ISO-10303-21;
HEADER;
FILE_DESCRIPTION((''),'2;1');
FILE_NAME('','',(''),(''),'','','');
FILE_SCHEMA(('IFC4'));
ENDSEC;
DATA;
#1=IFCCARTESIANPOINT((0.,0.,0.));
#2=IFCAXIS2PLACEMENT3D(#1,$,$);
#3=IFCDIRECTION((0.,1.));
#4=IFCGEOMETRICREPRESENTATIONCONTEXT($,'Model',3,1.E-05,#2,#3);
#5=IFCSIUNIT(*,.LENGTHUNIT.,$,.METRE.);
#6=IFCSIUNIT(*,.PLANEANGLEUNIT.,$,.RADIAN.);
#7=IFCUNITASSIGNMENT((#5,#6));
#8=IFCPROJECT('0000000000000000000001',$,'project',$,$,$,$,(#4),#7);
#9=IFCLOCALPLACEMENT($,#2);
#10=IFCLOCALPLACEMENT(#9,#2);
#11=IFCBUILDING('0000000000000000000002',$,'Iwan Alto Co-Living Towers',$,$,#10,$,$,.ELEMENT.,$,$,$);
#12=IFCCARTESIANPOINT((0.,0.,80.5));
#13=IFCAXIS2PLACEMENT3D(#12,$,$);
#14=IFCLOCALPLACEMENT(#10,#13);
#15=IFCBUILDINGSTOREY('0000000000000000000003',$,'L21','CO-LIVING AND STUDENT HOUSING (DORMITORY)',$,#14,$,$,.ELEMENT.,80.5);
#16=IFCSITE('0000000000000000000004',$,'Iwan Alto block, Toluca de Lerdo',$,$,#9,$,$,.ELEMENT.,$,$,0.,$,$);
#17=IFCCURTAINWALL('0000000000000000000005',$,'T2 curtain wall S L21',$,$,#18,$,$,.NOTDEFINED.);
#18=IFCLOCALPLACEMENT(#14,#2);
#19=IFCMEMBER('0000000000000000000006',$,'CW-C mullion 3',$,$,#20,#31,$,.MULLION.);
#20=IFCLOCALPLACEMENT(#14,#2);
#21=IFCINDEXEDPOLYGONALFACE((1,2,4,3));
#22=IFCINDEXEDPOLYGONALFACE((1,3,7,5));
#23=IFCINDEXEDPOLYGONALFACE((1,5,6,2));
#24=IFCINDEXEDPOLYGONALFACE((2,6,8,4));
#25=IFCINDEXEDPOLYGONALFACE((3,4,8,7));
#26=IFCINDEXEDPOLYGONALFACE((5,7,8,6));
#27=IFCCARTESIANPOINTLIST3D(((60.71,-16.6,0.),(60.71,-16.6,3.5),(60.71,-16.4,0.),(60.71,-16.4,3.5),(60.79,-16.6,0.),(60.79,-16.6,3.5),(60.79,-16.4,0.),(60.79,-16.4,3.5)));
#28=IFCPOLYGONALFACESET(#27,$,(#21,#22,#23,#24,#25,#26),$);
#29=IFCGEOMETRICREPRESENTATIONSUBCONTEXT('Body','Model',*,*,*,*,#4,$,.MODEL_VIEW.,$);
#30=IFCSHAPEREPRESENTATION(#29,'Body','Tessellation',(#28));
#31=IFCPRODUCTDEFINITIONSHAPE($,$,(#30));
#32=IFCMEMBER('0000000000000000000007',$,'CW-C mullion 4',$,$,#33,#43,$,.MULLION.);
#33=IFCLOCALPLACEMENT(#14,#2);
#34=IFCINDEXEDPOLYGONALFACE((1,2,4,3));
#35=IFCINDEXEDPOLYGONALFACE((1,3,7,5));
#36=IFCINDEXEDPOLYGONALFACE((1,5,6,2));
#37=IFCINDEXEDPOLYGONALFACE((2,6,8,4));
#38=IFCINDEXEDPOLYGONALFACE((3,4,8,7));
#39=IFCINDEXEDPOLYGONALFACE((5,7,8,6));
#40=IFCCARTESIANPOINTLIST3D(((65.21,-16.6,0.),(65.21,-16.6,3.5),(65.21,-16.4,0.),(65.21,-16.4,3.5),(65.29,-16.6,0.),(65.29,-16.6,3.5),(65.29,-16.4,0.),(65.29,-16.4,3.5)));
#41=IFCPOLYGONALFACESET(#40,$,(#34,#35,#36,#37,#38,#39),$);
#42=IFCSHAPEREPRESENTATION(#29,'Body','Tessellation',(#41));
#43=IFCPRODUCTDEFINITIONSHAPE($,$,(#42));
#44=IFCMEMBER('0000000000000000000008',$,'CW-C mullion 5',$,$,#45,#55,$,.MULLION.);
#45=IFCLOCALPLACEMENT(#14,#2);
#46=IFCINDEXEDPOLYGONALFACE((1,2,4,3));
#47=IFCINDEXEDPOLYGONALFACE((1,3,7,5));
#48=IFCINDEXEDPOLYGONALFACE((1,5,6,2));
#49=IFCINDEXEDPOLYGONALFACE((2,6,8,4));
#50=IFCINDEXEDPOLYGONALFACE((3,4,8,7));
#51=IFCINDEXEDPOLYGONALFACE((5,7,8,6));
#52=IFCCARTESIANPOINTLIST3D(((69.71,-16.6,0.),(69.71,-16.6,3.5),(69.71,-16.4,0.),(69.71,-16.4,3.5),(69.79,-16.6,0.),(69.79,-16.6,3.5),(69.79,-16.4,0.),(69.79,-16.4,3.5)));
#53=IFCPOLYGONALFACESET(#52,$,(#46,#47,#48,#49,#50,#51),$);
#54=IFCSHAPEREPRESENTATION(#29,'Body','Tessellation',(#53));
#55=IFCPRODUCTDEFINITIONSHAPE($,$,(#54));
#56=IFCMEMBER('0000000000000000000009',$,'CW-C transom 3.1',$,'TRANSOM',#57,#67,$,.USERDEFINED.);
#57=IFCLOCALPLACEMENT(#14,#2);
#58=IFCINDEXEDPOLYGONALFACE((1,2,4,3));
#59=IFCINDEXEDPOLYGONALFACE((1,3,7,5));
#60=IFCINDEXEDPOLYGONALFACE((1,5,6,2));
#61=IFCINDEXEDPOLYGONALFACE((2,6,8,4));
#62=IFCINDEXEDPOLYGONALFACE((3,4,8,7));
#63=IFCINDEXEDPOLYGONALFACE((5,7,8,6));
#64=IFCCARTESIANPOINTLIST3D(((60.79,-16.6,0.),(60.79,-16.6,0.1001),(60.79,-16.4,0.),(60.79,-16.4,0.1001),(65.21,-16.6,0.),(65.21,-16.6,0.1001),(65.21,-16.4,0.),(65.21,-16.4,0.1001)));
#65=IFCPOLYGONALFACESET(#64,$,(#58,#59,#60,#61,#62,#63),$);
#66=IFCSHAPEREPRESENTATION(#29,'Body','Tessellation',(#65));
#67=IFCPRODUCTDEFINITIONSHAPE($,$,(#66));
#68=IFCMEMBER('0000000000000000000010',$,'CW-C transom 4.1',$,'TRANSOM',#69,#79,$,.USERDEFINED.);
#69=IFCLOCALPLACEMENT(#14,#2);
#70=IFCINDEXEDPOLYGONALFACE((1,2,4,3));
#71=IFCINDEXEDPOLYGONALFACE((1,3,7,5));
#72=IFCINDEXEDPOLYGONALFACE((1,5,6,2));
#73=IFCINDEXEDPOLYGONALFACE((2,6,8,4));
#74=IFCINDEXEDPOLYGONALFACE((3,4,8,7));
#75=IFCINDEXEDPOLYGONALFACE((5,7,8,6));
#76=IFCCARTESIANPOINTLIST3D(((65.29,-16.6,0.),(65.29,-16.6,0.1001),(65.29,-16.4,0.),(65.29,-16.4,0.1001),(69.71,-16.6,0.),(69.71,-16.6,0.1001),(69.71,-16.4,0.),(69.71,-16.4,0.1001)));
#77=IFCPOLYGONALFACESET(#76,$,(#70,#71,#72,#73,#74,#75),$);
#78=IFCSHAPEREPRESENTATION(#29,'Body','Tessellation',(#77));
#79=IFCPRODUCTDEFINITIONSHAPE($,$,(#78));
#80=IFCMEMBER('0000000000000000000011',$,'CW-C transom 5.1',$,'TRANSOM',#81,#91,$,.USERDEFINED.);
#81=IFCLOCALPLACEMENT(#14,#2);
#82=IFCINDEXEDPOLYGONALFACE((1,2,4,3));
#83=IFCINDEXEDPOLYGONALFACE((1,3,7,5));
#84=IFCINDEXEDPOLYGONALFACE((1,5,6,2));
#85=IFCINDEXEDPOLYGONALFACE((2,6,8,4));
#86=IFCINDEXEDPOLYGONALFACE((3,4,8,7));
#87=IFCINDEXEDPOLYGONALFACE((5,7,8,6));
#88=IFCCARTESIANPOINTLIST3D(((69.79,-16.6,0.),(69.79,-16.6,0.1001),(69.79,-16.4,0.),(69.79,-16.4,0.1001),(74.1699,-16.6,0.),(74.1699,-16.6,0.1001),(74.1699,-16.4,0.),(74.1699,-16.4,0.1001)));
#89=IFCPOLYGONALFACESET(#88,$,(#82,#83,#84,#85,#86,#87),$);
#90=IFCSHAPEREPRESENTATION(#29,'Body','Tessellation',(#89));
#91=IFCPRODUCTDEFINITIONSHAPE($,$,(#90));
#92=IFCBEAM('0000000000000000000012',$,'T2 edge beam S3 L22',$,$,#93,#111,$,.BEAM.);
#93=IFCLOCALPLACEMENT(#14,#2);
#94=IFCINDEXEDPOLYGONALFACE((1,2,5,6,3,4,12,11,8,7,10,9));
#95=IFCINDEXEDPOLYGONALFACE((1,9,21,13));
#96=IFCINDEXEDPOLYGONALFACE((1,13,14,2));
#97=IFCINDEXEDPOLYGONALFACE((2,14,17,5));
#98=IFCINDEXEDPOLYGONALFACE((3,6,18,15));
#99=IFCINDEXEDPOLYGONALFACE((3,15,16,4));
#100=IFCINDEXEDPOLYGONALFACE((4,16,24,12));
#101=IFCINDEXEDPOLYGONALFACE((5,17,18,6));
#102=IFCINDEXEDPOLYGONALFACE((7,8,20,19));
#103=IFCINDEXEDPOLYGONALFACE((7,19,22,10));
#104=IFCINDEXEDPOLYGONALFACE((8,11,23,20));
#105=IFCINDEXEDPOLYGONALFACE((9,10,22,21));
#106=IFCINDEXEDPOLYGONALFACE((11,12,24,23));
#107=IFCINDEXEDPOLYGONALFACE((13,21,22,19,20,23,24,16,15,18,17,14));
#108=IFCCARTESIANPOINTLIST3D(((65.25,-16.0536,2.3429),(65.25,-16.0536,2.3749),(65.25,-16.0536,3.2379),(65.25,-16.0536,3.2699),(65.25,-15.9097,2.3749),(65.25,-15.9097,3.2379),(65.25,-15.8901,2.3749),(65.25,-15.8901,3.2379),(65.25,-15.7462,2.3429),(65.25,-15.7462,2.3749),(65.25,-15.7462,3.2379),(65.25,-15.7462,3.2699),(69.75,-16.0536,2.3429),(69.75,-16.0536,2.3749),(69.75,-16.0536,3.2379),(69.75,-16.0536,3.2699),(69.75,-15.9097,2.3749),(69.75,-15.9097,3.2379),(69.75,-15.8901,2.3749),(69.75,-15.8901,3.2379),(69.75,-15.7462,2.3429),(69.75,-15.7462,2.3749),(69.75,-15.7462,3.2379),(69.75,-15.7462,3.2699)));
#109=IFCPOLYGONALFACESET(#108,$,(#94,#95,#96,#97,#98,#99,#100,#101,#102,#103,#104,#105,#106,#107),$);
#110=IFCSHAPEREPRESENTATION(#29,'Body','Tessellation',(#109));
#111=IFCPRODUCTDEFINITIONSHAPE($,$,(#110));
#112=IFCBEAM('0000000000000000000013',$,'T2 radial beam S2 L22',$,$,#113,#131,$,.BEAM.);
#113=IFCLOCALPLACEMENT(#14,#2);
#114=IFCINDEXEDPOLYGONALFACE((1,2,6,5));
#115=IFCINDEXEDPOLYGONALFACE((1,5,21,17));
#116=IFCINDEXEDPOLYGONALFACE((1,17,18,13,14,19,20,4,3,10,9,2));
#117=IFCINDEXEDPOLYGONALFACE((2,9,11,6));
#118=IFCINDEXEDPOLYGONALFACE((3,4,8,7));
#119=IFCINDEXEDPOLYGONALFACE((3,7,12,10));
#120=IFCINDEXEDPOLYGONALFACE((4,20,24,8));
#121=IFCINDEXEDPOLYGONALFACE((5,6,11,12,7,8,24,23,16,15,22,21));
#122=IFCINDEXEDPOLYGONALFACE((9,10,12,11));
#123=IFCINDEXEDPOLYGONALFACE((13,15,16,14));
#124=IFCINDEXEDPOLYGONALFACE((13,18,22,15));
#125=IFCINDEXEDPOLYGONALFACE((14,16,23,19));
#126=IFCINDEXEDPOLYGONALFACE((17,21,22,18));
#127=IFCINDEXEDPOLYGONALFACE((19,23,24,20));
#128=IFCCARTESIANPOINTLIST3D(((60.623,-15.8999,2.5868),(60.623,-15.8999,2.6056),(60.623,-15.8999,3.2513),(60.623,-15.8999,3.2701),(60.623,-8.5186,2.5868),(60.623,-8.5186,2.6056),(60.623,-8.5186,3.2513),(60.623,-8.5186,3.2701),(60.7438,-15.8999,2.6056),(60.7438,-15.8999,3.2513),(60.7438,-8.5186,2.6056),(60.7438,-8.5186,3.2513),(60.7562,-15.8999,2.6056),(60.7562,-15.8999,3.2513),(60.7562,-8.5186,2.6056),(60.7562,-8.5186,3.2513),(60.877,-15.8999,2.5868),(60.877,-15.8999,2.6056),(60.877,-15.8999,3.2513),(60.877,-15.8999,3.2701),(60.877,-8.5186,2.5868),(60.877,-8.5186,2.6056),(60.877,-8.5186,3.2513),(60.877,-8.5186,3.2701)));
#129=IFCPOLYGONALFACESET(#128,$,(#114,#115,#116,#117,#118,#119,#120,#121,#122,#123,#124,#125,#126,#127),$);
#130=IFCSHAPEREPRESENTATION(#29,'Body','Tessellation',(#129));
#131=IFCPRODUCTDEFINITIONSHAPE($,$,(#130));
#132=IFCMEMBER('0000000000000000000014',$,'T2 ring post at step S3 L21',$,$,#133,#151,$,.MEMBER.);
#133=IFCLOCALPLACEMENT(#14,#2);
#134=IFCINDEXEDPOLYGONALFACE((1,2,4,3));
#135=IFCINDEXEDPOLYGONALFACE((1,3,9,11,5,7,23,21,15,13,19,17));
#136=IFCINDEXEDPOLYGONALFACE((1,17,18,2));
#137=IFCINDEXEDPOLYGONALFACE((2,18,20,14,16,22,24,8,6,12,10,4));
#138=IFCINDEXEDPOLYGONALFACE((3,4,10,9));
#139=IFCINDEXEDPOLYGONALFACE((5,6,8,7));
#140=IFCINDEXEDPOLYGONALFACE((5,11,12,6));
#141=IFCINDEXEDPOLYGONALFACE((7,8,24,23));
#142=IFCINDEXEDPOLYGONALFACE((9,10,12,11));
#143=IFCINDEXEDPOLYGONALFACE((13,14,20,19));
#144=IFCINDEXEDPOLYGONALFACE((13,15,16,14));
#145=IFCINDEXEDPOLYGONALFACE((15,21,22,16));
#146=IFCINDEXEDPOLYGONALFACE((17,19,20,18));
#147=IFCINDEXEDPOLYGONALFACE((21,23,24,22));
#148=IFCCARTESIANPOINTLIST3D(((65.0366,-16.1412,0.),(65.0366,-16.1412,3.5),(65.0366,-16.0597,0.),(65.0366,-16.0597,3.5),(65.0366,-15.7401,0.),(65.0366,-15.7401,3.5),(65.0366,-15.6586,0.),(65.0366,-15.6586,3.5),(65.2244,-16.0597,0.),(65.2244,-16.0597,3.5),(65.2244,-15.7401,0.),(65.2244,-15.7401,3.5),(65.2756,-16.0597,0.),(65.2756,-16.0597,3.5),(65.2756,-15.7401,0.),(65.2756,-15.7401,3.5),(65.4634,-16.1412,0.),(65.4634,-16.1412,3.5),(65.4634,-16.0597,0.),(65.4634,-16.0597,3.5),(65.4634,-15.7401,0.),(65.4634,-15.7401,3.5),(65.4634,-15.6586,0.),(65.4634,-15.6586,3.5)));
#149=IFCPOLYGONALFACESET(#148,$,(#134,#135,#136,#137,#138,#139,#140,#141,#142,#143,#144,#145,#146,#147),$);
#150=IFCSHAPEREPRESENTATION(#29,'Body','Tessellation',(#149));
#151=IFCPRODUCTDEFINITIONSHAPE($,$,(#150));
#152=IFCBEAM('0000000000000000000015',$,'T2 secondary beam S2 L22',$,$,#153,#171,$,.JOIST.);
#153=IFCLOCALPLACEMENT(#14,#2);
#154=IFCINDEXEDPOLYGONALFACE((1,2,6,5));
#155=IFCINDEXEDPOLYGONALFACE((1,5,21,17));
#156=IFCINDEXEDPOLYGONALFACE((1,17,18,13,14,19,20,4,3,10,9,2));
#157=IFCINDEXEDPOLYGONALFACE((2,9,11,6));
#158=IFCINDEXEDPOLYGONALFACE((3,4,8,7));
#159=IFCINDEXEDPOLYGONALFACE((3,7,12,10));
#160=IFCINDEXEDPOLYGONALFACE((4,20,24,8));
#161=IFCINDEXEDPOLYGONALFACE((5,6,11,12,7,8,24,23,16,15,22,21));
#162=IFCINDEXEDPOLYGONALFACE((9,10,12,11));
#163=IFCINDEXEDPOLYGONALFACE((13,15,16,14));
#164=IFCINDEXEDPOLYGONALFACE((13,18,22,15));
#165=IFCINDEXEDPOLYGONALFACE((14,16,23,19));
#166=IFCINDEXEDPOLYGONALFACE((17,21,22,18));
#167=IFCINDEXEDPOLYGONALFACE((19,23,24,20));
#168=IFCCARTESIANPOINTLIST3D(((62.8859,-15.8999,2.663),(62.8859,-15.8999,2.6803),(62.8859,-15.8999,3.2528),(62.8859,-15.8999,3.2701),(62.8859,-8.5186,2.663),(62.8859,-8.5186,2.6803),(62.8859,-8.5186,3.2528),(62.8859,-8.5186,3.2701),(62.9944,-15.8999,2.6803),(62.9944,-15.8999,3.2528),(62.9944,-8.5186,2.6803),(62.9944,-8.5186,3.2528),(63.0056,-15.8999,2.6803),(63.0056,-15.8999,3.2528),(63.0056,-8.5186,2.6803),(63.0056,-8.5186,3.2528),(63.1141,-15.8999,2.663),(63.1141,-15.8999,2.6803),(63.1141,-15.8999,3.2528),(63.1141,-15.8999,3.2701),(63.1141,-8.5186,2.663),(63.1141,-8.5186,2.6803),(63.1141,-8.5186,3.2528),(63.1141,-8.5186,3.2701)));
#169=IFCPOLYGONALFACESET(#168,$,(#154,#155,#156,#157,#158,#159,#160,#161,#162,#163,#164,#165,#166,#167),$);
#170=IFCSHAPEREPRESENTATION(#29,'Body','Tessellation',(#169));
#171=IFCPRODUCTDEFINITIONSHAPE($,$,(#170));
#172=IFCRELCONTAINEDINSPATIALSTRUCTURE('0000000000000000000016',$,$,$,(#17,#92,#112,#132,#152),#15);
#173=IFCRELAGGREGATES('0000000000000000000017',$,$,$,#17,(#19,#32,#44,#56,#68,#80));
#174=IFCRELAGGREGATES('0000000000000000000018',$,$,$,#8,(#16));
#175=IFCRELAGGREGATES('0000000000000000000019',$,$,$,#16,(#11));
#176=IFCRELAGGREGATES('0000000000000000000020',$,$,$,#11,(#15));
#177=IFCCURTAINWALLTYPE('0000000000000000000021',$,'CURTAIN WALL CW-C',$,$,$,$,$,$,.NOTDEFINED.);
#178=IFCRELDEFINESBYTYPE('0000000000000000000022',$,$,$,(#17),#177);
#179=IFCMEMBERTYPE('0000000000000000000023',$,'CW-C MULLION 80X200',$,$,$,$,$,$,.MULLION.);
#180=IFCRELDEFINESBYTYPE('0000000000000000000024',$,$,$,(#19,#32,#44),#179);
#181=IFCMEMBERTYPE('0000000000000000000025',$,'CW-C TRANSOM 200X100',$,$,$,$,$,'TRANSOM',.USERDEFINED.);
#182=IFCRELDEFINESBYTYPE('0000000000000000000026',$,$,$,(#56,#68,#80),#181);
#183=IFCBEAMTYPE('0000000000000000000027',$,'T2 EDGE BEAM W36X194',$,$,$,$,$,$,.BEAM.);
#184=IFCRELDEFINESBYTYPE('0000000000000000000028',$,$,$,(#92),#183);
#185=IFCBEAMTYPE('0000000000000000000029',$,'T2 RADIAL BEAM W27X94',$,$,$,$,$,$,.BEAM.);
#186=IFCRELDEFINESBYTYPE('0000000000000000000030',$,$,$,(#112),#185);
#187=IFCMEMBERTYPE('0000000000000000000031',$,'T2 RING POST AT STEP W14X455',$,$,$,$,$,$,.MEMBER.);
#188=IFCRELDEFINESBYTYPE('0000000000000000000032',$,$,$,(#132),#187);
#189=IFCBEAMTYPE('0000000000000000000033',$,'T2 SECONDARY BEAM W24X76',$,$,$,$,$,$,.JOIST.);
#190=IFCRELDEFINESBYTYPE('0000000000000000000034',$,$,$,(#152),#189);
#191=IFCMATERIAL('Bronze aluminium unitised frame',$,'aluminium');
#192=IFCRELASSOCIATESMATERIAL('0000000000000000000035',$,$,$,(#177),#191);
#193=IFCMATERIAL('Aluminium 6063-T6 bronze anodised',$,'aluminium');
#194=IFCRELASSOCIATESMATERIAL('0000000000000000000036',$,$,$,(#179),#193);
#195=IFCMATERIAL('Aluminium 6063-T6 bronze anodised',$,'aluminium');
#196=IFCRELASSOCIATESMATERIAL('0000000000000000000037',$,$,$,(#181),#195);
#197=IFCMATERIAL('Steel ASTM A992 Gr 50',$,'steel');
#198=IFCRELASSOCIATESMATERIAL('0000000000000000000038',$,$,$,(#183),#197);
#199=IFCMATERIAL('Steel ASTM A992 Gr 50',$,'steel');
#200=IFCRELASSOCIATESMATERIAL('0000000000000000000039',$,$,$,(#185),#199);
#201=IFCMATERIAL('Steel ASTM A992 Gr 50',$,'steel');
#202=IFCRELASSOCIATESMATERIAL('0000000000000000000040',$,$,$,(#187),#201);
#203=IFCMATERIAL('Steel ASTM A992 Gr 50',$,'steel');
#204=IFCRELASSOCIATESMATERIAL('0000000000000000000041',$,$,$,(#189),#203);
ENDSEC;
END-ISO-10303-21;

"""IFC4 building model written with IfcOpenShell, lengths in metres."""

from ifc_helpers import new_model, si_unit, direction, frame, origin, origin_2d, place, context, subcontext, project, spatial, rectangle, i_section, extrude, material, material_profile, profile_set, type_object, element, aggregate, save


model = new_model("IFC4")

# Units and contexts
model_context = context("Model", 3, precision=1e-05, world=origin(), true_north=direction((0.0, 1.0)))
body_context = subcontext(model_context, "Body", "Model", "MODEL_VIEW")
ifc_project = project(units=[si_unit("LENGTHUNIT", "METRE"), si_unit("PLANEANGLEUNIT", "RADIAN")], contexts=[model_context])

# Site, building, storey
site_placement = place(None, origin())
site = spatial("IfcSite", under=ifc_project, at=site_placement, Name="Iwan Alto block, Toluca de Lerdo", CompositionType="ELEMENT", RefElevation=0.0)
building_placement = place(site_placement, origin())
building = spatial("IfcBuilding", under=site, at=building_placement, Name="Iwan Alto Co-Living Towers", CompositionType="ELEMENT")
storey_placement = place(building_placement, frame((0.0, 0.0, 80.5)))
storey = spatial("IfcBuildingStorey", under=building, at=storey_placement, Name="L21", Description="CO-LIVING AND STUDENT HOUSING (DORMITORY)", CompositionType="ELEMENT", Elevation=80.5)

# Curtain wall, members
ifc_material_1 = material(Name="Bronze aluminium unitised frame", Category="aluminium")
curtain_wall_type = type_object("IfcCurtainWallType", Name="CURTAIN WALL CW-C", PredefinedType="NOTDEFINED", material=ifc_material_1)
curtain_wall_placement = place(storey_placement, origin())
curtain_wall = element("IfcCurtainWall", 1, at=curtain_wall_placement, inside=storey, type_object=curtain_wall_type, Name="T2 curtain wall S L21", PredefinedType="NOTDEFINED")
ifc_material_2 = material(Name="Aluminium 6063-T6 bronze anodised", Category="aluminium")
ifc_material_profile_1 = material_profile(ifc_material_2, rectangle(XDim=0.2, YDim=0.0801, at=origin_2d()), Name="AL 80X200")
ifc_profile_set_1 = profile_set([ifc_material_profile_1], Name="Aluminium 6063-T6 bronze anodised")
member_type_1 = type_object("IfcMemberType", Name="CW-C MULLION 80X200", PredefinedType="MULLION", material=ifc_profile_set_1)
member_1_placement = place(storey_placement, frame((60.75, -16.5, 0.0), z_axis=(0.0, 0.0, 1.0), x_axis=(0.0, 1.0, 0.0)))
member_1 = element("IfcMember", 2, at=member_1_placement, type_object=member_type_1, Name="CW-C mullion 3", PredefinedType="MULLION", context=body_context, shape_type="SweptSolid", body=[
    extrude(rectangle(XDim=0.2, YDim=0.0801, at=origin_2d()), origin(), (0.0, 0.0, 1.0), 3.5),
])
member_2_placement = place(storey_placement, frame((65.25, -16.5, 0.0), z_axis=(0.0, 0.0, 1.0), x_axis=(0.0, 1.0, 0.0)))
member_2 = element("IfcMember", 3, at=member_2_placement, type_object=member_type_1, Name="CW-C mullion 4", PredefinedType="MULLION", context=body_context, shape_type="SweptSolid", body=[
    extrude(rectangle(XDim=0.2, YDim=0.0801, at=origin_2d()), origin(), (0.0, 0.0, 1.0), 3.5),
])
member_3_placement = place(storey_placement, frame((69.75, -16.5, 0.0), z_axis=(0.0, 0.0, 1.0), x_axis=(0.0, 1.0, 0.0)))
member_3 = element("IfcMember", 4, at=member_3_placement, type_object=member_type_1, Name="CW-C mullion 5", PredefinedType="MULLION", context=body_context, shape_type="SweptSolid", body=[
    extrude(rectangle(XDim=0.2, YDim=0.0801, at=origin_2d()), origin(), (0.0, 0.0, 1.0), 3.5),
])
ifc_material_3 = material(Name="Aluminium 6063-T6 bronze anodised", Category="aluminium")
ifc_material_profile_2 = material_profile(ifc_material_3, rectangle(XDim=0.2, YDim=0.1001, at=origin_2d()), Name="AL 200X100")
ifc_profile_set_2 = profile_set([ifc_material_profile_2], Name="Aluminium 6063-T6 bronze anodised")
member_type_2 = type_object("IfcMemberType", Name="CW-C TRANSOM 200X100", ElementType="TRANSOM", PredefinedType="USERDEFINED", material=ifc_profile_set_2)
member_4_placement = place(storey_placement, frame((60.79, -16.5, 0.05), z_axis=(1.0, 0.0, 0.0), x_axis=(0.0, 1.0, 0.0)))
member_4 = element("IfcMember", 5, at=member_4_placement, type_object=member_type_2, Name="CW-C transom 3.1", ObjectType="TRANSOM", PredefinedType="USERDEFINED", context=body_context, shape_type="SweptSolid", body=[
    extrude(rectangle(XDim=0.2, YDim=0.1001, at=origin_2d()), origin(), (0.0, 0.0, 1.0), 4.4199),
])
member_5_placement = place(storey_placement, frame((65.29, -16.5, 0.05), z_axis=(1.0, 0.0, 0.0), x_axis=(0.0, 1.0, 0.0)))
member_5 = element("IfcMember", 6, at=member_5_placement, type_object=member_type_2, Name="CW-C transom 4.1", ObjectType="TRANSOM", PredefinedType="USERDEFINED", context=body_context, shape_type="SweptSolid", body=[
    extrude(rectangle(XDim=0.2, YDim=0.1001, at=origin_2d()), origin(), (0.0, 0.0, 1.0), 4.4199),
])
member_6_placement = place(storey_placement, frame((69.79, -16.5, 0.05), z_axis=(1.0, 0.0, 0.0), x_axis=(0.0, 1.0, 0.0)))
member_6 = element("IfcMember", 7, at=member_6_placement, type_object=member_type_2, Name="CW-C transom 5.1", ObjectType="TRANSOM", PredefinedType="USERDEFINED", context=body_context, shape_type="SweptSolid", body=[
    extrude(rectangle(XDim=0.2, YDim=0.1001, at=origin_2d()), origin(), (0.0, 0.0, 1.0), 4.3799),
])

# Beams
ifc_material_4 = material(Name="Steel ASTM A992 Gr 50", Category="steel")
ifc_material_profile_3 = material_profile(ifc_material_4, i_section(OverallWidth=0.3074, OverallDepth=0.927, WebThickness=0.0195, FlangeThickness=0.032, at=origin_2d()), Name="W36X194")
ifc_profile_set_3 = profile_set([ifc_material_profile_3], Name="Steel ASTM A992 Gr 50")
beam_type_1 = type_object("IfcBeamType", Name="T2 EDGE BEAM W36X194", PredefinedType="BEAM", material=ifc_profile_set_3)
beam_1_placement = place(storey_placement, frame((65.25, -15.8999, 2.8064), z_axis=(1.0, 0.0, 0.0), x_axis=(0.0, 1.0, 0.0)))
element("IfcBeam", 8, at=beam_1_placement, inside=storey, type_object=beam_type_1, Name="T2 edge beam S3 L22", PredefinedType="BEAM", context=body_context, shape_type="SweptSolid", body=[
    extrude(i_section(OverallWidth=0.3074, OverallDepth=0.927, WebThickness=0.0195, FlangeThickness=0.032, at=origin_2d()), origin(), (0.0, 0.0, 1.0), 4.5),
])
ifc_material_5 = material(Name="Steel ASTM A992 Gr 50", Category="steel")
ifc_material_profile_4 = material_profile(ifc_material_5, i_section(OverallWidth=0.2539, OverallDepth=0.6833, WebThickness=0.0125, FlangeThickness=0.0188, at=origin_2d()), Name="W27X94")
ifc_profile_set_4 = profile_set([ifc_material_profile_4], Name="Steel ASTM A992 Gr 50")
beam_type_2 = type_object("IfcBeamType", Name="T2 RADIAL BEAM W27X94", PredefinedType="BEAM", material=ifc_profile_set_4)
beam_2_placement = place(storey_placement, frame((60.75, -15.8999, 2.9285), z_axis=(0.0, 1.0, 0.0), x_axis=(-1.0, 0.0, 0.0)))
element("IfcBeam", 9, at=beam_2_placement, inside=storey, type_object=beam_type_2, Name="T2 radial beam S2 L22", PredefinedType="BEAM", context=body_context, shape_type="SweptSolid", body=[
    extrude(i_section(OverallWidth=0.2539, OverallDepth=0.6833, WebThickness=0.0125, FlangeThickness=0.0188, at=origin_2d()), origin(), (0.0, 0.0, 1.0), 7.3813),
])

# Member
ifc_material_6 = material(Name="Steel ASTM A992 Gr 50", Category="steel")
ifc_material_profile_5 = material_profile(ifc_material_6, i_section(OverallWidth=0.4268, OverallDepth=0.4827, WebThickness=0.0513, FlangeThickness=0.0815, at=origin_2d()), Name="W14X455")
ifc_profile_set_5 = profile_set([ifc_material_profile_5], Name="Steel ASTM A992 Gr 50")
member_type_3 = type_object("IfcMemberType", Name="T2 RING POST AT STEP W14X455", PredefinedType="MEMBER", material=ifc_profile_set_5)
member_7_placement = place(storey_placement, frame((65.25, -15.8999, 0.0), z_axis=(0.0, 0.0, 1.0), x_axis=(1.0, 0.0, 0.0)))
element("IfcMember", 10, at=member_7_placement, inside=storey, type_object=member_type_3, Name="T2 ring post at step S3 L21", PredefinedType="MEMBER", context=body_context, shape_type="SweptSolid", body=[
    extrude(i_section(OverallWidth=0.4268, OverallDepth=0.4827, WebThickness=0.0513, FlangeThickness=0.0815, at=origin_2d()), origin(), (0.0, 0.0, 1.0), 3.5),
])

# Beam
ifc_material_7 = material(Name="Steel ASTM A992 Gr 50", Category="steel")
ifc_material_profile_6 = material_profile(ifc_material_7, i_section(OverallWidth=0.2283, OverallDepth=0.6072, WebThickness=0.0112, FlangeThickness=0.0173, at=origin_2d()), Name="W24X76")
ifc_profile_set_6 = profile_set([ifc_material_profile_6], Name="Steel ASTM A992 Gr 50")
beam_type_3 = type_object("IfcBeamType", Name="T2 SECONDARY BEAM W24X76", PredefinedType="JOIST", material=ifc_profile_set_6)
beam_3_placement = place(storey_placement, frame((63.0, -15.8999, 2.9666), z_axis=(0.0, 1.0, 0.0), x_axis=(-1.0, 0.0, 0.0)))
element("IfcBeam", 11, at=beam_3_placement, inside=storey, type_object=beam_type_3, Name="T2 secondary beam S2 L22", PredefinedType="JOIST", context=body_context, shape_type="SweptSolid", body=[
    extrude(i_section(OverallWidth=0.2283, OverallDepth=0.6072, WebThickness=0.0112, FlangeThickness=0.0173, at=origin_2d()), origin(), (0.0, 0.0, 1.0), 7.3813),
])

aggregate(curtain_wall, [member_1, member_2, member_3, member_4, member_5, member_6])

save(model, "model.ifc")
